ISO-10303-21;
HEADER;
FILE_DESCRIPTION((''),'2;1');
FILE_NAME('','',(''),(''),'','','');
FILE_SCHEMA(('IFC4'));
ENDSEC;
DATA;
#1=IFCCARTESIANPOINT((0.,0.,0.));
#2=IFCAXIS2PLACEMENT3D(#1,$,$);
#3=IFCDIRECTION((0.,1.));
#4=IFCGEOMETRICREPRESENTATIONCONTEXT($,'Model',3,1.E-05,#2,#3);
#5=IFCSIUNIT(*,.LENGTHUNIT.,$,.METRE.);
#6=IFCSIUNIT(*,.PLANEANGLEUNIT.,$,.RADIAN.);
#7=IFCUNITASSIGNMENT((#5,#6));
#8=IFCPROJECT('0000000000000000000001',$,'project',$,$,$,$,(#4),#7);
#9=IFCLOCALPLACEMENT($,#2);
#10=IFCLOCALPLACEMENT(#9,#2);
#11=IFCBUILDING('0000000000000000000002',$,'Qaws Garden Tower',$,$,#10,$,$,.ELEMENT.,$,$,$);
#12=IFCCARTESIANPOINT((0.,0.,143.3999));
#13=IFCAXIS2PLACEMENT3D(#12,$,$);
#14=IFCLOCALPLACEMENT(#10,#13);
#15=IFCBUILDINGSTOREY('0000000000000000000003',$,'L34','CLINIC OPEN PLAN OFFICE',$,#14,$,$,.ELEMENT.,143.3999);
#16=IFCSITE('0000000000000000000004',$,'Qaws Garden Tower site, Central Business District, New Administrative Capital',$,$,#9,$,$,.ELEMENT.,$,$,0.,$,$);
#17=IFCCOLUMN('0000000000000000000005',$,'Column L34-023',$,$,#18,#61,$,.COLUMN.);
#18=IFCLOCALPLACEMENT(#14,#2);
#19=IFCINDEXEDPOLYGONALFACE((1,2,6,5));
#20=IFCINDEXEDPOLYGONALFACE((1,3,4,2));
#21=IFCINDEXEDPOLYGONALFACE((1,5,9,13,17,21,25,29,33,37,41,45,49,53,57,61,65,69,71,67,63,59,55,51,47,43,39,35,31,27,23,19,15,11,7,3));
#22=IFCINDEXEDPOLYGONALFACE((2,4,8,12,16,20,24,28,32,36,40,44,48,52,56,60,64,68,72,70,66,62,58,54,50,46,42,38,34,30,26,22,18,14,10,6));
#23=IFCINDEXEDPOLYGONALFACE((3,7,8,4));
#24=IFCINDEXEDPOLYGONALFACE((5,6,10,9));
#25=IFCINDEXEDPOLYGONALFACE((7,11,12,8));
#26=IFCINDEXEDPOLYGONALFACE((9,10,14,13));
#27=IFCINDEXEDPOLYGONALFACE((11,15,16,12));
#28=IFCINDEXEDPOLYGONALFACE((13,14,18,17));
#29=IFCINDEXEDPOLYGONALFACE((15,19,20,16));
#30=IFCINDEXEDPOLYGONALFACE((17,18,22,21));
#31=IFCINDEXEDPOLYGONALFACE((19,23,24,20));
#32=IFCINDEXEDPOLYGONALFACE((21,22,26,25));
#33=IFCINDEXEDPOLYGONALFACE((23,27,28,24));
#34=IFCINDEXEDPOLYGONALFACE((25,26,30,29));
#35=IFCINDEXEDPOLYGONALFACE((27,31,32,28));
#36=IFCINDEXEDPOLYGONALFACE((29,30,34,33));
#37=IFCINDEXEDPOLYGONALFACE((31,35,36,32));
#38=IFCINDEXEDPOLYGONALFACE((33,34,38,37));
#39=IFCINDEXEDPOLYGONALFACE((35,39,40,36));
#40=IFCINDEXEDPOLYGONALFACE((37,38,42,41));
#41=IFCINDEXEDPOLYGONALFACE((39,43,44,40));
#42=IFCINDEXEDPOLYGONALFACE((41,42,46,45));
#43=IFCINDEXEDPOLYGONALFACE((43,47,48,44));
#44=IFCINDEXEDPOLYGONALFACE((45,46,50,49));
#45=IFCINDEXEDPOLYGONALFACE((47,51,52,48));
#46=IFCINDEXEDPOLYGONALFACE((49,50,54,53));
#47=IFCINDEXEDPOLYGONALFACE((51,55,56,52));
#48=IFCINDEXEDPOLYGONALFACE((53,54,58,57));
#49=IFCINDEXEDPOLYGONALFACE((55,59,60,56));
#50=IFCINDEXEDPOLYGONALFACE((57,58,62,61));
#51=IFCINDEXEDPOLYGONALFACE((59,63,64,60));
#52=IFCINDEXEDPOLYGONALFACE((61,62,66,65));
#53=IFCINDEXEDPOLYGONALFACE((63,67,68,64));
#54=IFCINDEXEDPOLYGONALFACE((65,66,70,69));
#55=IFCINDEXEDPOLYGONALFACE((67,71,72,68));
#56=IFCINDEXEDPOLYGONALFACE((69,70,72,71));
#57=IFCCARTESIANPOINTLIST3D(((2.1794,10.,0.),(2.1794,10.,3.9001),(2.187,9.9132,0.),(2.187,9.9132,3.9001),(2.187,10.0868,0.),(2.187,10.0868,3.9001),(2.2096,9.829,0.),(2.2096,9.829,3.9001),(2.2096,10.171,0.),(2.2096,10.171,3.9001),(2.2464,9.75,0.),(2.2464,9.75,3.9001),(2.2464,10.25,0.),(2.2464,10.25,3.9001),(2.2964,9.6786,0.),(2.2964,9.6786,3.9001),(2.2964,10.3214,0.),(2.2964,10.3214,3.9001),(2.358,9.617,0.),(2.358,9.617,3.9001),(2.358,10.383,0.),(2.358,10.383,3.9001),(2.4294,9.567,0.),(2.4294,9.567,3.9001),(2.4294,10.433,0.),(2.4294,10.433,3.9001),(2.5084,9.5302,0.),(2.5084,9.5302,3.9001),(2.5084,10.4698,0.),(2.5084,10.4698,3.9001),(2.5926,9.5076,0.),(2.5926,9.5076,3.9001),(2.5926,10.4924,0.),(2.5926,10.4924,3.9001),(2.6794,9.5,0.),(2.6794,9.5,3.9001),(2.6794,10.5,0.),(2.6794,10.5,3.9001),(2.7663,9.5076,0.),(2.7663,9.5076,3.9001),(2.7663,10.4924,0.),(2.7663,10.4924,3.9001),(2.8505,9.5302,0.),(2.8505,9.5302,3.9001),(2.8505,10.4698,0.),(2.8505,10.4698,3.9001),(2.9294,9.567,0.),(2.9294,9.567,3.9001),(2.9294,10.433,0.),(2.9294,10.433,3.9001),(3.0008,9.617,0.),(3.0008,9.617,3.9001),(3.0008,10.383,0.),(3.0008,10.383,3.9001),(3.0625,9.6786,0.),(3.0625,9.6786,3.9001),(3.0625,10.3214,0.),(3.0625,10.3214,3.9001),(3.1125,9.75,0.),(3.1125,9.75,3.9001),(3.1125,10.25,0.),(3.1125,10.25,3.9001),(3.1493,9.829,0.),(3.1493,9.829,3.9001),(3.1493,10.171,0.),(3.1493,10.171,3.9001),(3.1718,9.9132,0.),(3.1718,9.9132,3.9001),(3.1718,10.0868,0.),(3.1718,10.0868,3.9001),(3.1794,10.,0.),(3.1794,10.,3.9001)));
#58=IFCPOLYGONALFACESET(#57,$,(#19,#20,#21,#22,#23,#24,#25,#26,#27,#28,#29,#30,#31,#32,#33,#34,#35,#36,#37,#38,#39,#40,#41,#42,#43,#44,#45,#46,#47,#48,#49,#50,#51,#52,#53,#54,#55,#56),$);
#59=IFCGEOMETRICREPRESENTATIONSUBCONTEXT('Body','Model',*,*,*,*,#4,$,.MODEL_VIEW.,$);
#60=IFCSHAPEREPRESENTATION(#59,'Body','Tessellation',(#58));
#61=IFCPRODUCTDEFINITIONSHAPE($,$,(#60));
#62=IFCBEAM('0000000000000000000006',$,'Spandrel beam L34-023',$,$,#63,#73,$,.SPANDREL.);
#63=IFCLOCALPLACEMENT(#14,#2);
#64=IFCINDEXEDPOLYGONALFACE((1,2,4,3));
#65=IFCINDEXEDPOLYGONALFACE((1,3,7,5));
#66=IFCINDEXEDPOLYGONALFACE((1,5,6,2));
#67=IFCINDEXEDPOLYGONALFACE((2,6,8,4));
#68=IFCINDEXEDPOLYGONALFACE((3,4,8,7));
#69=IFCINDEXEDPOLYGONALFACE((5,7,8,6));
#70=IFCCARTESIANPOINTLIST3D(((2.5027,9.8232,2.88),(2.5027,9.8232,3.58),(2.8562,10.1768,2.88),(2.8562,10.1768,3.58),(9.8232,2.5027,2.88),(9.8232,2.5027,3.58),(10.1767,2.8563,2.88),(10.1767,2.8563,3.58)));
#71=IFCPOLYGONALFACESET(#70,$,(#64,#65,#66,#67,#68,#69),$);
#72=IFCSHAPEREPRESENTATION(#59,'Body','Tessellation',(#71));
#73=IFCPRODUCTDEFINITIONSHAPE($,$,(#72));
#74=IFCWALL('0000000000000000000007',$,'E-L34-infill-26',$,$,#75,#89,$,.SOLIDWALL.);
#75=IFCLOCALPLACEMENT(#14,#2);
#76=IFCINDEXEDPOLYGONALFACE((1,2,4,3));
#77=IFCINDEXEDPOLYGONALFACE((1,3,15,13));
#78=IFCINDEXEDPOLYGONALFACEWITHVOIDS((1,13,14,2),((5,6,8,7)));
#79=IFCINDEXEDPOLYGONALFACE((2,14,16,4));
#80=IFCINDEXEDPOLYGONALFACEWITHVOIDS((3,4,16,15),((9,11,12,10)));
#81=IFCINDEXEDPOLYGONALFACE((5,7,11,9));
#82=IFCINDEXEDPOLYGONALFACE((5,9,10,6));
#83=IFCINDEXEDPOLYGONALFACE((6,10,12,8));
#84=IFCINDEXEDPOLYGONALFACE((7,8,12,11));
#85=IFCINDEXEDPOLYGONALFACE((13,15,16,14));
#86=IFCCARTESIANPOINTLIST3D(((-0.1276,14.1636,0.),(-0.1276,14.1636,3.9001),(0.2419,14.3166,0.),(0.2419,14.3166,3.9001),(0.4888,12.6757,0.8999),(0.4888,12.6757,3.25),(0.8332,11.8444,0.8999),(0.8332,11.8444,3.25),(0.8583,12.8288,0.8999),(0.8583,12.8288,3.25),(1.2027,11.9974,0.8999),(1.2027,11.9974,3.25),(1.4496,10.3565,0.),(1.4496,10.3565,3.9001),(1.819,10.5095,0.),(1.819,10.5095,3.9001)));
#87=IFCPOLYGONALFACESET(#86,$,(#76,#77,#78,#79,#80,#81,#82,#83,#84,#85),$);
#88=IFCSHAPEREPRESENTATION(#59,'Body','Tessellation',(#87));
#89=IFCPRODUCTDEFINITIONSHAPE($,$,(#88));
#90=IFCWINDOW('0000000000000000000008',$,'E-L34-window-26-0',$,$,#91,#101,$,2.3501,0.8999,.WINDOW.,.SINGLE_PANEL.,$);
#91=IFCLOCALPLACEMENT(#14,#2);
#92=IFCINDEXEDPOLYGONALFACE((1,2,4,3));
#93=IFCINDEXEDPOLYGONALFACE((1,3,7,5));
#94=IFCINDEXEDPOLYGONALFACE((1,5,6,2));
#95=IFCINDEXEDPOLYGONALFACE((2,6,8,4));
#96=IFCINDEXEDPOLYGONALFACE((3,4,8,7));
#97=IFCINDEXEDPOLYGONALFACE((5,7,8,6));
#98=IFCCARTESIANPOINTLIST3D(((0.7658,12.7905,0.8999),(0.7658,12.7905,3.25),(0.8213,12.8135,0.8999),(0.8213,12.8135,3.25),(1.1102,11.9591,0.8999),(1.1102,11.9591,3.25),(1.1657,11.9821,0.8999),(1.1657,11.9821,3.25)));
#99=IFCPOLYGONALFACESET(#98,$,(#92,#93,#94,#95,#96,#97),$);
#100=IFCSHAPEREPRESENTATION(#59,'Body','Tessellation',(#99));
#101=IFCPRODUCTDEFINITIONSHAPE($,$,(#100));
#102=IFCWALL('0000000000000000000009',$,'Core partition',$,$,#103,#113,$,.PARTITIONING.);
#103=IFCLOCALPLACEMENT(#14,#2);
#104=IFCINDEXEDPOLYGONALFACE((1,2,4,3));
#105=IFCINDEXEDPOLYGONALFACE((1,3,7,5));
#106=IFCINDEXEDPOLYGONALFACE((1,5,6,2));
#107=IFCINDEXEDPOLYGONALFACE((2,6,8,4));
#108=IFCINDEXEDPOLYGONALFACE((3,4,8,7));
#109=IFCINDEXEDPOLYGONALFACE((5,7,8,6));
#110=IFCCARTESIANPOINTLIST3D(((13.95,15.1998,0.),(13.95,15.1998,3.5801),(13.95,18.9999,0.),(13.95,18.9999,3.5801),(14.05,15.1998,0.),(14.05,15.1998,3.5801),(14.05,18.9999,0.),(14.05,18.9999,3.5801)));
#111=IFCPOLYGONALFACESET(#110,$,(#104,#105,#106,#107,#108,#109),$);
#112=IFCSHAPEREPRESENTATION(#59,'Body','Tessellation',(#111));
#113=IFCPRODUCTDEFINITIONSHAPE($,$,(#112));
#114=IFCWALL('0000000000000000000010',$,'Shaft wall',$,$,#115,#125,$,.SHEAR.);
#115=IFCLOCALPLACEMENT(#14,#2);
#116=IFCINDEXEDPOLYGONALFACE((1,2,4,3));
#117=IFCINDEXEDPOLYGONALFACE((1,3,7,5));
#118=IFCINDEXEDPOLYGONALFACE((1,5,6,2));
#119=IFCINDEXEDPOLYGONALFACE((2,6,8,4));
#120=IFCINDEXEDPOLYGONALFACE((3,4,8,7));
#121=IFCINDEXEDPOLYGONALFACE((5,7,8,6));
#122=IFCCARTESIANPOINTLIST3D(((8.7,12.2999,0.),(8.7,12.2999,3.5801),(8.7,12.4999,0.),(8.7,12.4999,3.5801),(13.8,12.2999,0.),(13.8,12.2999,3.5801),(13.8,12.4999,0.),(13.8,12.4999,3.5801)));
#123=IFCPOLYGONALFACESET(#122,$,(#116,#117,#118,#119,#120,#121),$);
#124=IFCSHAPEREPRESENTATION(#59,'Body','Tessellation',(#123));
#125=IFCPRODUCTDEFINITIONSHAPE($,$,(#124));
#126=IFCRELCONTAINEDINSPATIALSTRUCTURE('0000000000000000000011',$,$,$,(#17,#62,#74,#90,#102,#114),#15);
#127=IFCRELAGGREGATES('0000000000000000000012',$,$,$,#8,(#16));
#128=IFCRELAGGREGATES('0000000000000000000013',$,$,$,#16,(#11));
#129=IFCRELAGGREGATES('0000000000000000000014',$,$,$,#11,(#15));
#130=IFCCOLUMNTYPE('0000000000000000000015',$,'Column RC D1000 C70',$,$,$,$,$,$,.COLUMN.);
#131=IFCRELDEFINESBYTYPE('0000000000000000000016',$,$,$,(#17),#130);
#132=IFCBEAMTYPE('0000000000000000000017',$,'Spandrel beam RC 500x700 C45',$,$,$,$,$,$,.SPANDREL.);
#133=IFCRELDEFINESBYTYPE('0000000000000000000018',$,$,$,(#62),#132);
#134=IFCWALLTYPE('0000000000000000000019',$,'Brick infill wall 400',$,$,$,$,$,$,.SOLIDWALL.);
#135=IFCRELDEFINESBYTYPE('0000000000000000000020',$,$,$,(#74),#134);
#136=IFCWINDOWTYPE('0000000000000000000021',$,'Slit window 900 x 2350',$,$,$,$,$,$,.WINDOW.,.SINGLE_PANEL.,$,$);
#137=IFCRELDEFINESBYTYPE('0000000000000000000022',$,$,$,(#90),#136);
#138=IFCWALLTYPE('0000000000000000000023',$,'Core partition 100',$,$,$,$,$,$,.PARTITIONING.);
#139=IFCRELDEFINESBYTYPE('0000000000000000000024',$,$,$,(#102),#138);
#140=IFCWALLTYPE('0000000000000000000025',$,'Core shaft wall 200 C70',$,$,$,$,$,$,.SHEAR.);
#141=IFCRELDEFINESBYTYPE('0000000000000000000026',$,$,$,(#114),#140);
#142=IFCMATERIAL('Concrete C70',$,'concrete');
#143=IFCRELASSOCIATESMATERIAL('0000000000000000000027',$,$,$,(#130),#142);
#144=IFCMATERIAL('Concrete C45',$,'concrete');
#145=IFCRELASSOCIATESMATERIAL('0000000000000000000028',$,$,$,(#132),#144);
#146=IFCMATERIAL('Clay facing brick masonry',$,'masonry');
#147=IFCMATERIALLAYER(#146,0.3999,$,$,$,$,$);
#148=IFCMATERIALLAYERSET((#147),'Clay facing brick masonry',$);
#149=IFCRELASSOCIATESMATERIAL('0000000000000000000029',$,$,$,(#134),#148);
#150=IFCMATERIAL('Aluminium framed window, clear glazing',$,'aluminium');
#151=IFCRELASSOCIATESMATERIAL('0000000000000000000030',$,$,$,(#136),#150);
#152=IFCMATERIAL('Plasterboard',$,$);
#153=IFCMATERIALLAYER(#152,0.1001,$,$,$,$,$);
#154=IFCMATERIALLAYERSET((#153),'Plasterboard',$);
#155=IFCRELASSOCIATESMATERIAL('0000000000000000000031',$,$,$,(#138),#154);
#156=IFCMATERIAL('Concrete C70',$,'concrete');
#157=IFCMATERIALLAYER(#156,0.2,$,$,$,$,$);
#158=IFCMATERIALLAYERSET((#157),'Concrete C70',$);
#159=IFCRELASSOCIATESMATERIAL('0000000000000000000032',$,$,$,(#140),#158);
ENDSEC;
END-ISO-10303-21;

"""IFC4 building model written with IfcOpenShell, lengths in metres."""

from ifc_helpers import new_model, si_unit, direction, frame, frame_2d, origin, origin_2d, place, context, subcontext, project, spatial, rectangle, circle, extrude, material, layer, layer_set, material_profile, profile_set, type_object, element, fill, save


model = new_model("IFC4")

# Units and contexts
model_context = context("Model", 3, precision=1e-05, world=origin(), true_north=direction((0.0, 1.0)))
body_context = subcontext(model_context, "Body", "Model", "MODEL_VIEW")
ifc_project = project(units=[si_unit("LENGTHUNIT", "METRE"), si_unit("PLANEANGLEUNIT", "RADIAN")], contexts=[model_context])

# Site, building, storey
site_placement = place(None, origin())
site = spatial("IfcSite", under=ifc_project, at=site_placement, Name="Qaws Garden Tower site, Central Business District, New Administrative Capital", CompositionType="ELEMENT", RefElevation=0.0)
building_placement = place(site_placement, origin())
building = spatial("IfcBuilding", under=site, at=building_placement, Name="Qaws Garden Tower", CompositionType="ELEMENT")
storey_placement = place(building_placement, frame((0.0, 0.0, 143.3999)))
storey = spatial("IfcBuildingStorey", under=building, at=storey_placement, Name="L34", Description="CLINIC OPEN PLAN OFFICE", CompositionType="ELEMENT", Elevation=143.3999)

# Column
ifc_material_1 = material(Name="Concrete C70", Category="concrete")
ifc_material_profile_1 = material_profile(ifc_material_1, circle(Radius=0.5, at=origin_2d()), Name="RC D1000")
ifc_profile_set_1 = profile_set([ifc_material_profile_1], Name="Concrete C70")
column_type = type_object("IfcColumnType", Name="Column RC D1000 C70", PredefinedType="COLUMN", material=ifc_profile_set_1)
column_placement = place(storey_placement, frame((2.6794, 10.0, 0.0), z_axis=(0.0, 0.0, 1.0), x_axis=(1.0, 0.0, 0.0)))
element("IfcColumn", 1, at=column_placement, inside=storey, type_object=column_type, Name="Column L34-023", PredefinedType="COLUMN", context=body_context, shape_type="SweptSolid", body=[
    extrude(circle(Radius=0.5, at=origin_2d()), origin(), (0.0, 0.0, 1.0), 3.9001),
])

# Beam
ifc_material_2 = material(Name="Concrete C45", Category="concrete")
ifc_material_profile_2 = material_profile(ifc_material_2, rectangle(XDim=0.5, YDim=0.7, at=origin_2d()), Name="RC 500x700")
ifc_profile_set_2 = profile_set([ifc_material_profile_2], Name="Concrete C45")
beam_type = type_object("IfcBeamType", Name="Spandrel beam RC 500x700 C45", PredefinedType="SPANDREL", material=ifc_profile_set_2)
beam_placement = place(storey_placement, frame((2.6794, 10.0, 3.23), z_axis=(0.707107, -0.707107, 0.0), x_axis=(0.707107, 0.707107, 0.0)))
element("IfcBeam", 2, at=beam_placement, inside=storey, type_object=beam_type, Name="Spandrel beam L34-023", PredefinedType="SPANDREL", context=body_context, shape_type="SweptSolid", body=[
    extrude(rectangle(XDim=0.5, YDim=0.7, at=origin_2d()), origin(), (0.0, 0.0, 1.0), 10.3528),
])

# Wall, opening, window
ifc_material_3 = material(Name="Clay facing brick masonry", Category="masonry")
ifc_layer_1 = layer(ifc_material_3, 0.3999)
ifc_layer_set_1 = layer_set([ifc_layer_1], Name="Clay facing brick masonry")
wall_type_1 = type_object("IfcWallType", Name="Brick infill wall 400", PredefinedType="SOLIDWALL", material=ifc_layer_set_1)
wall_1_placement = place(storey_placement, frame((0.0571, 14.2402, 0.0), z_axis=(0.0, 0.0, 1.0), x_axis=(0.382722, -0.923864, 0.0)))
wall_1 = element("IfcWall", 3, at=wall_1_placement, inside=storey, type_object=wall_type_1, Name="E-L34-infill-26", PredefinedType="SOLIDWALL", context=body_context, shape_type="SweptSolid", body=[
    extrude(rectangle(XDim=4.1208, YDim=0.3999, at=frame_2d((2.0605, 0.0))), origin(), (0.0, 0.0, 1.0), 3.9001),
])
opening_1_placement = place(wall_1_placement, frame((1.6106, 0.0, 0.8999)))
opening_1 = element("IfcOpeningElement", 4, at=opening_1_placement, cuts=wall_1, PredefinedType="OPENING", context=body_context, shape_type="SweptSolid", body=[
    extrude(rectangle(XDim=0.8999, YDim=2.3501, at=frame_2d((0.45, 1.175))), frame((0.0, 0.21, 0.0), z_axis=(0.0, -1.0, 0.0), x_axis=(1.0, 0.0, 0.0)), (0.0, 0.0, 1.0), 0.4199),
])
ifc_material_4 = material(Name="Aluminium framed window, clear glazing", Category="aluminium")
window_type = type_object("IfcWindowType", Name="Slit window 900 x 2350", PartitioningType="SINGLE_PANEL", PredefinedType="WINDOW", material=ifc_material_4)
window_placement = place(opening_1_placement, origin())
window = element("IfcWindow", 5, at=window_placement, inside=storey, type_object=window_type, Name="E-L34-window-26-0", OverallHeight=2.3501, OverallWidth=0.8999, PartitioningType="SINGLE_PANEL", PredefinedType="WINDOW", context=body_context, shape_type="SweptSolid", body=[
    extrude(rectangle(XDim=0.8999, YDim=2.3501, at=frame_2d((0.45, 1.175))), frame((0.0, 0.1599, 0.0), z_axis=(0.0, -1.0, 0.0), x_axis=(1.0, 0.0, 0.0)), (0.0, 0.0, 1.0), 0.0601),
])
fill(opening_1, window)

# Walls
ifc_material_5 = material(Name="Plasterboard")
ifc_layer_2 = layer(ifc_material_5, 0.1001)
ifc_layer_set_2 = layer_set([ifc_layer_2], Name="Plasterboard")
wall_type_2 = type_object("IfcWallType", Name="Core partition 100", PredefinedType="PARTITIONING", material=ifc_layer_set_2)
wall_2_placement = place(storey_placement, frame((14.0, 15.2, 0.0), z_axis=(0.0, 0.0, 1.0), x_axis=(0.0, 1.0, 0.0)))
element("IfcWall", 6, at=wall_2_placement, inside=storey, type_object=wall_type_2, Name="Core partition", PredefinedType="PARTITIONING", context=body_context, shape_type="SweptSolid", body=[
    extrude(rectangle(XDim=3.8, YDim=0.1001, at=frame_2d((1.8999, 0.0))), origin(), (0.0, 0.0, 1.0), 3.5801),
])
ifc_material_6 = material(Name="Concrete C70", Category="concrete")
ifc_layer_3 = layer(ifc_material_6, 0.2)
ifc_layer_set_3 = layer_set([ifc_layer_3], Name="Concrete C70")
wall_type_3 = type_object("IfcWallType", Name="Core shaft wall 200 C70", PredefinedType="SHEAR", material=ifc_layer_set_3)
wall_3_placement = place(storey_placement, frame((8.7, 12.3999, 0.0), z_axis=(0.0, 0.0, 1.0), x_axis=(1.0, 0.0, 0.0)))
element("IfcWall", 7, at=wall_3_placement, inside=storey, type_object=wall_type_3, Name="Shaft wall", PredefinedType="SHEAR", context=body_context, shape_type="SweptSolid", body=[
    extrude(rectangle(XDim=5.1001, YDim=0.2, at=frame_2d((2.55, 0.0))), origin(), (0.0, 0.0, 1.0), 3.5801),
])

save(model, "model.ifc")
